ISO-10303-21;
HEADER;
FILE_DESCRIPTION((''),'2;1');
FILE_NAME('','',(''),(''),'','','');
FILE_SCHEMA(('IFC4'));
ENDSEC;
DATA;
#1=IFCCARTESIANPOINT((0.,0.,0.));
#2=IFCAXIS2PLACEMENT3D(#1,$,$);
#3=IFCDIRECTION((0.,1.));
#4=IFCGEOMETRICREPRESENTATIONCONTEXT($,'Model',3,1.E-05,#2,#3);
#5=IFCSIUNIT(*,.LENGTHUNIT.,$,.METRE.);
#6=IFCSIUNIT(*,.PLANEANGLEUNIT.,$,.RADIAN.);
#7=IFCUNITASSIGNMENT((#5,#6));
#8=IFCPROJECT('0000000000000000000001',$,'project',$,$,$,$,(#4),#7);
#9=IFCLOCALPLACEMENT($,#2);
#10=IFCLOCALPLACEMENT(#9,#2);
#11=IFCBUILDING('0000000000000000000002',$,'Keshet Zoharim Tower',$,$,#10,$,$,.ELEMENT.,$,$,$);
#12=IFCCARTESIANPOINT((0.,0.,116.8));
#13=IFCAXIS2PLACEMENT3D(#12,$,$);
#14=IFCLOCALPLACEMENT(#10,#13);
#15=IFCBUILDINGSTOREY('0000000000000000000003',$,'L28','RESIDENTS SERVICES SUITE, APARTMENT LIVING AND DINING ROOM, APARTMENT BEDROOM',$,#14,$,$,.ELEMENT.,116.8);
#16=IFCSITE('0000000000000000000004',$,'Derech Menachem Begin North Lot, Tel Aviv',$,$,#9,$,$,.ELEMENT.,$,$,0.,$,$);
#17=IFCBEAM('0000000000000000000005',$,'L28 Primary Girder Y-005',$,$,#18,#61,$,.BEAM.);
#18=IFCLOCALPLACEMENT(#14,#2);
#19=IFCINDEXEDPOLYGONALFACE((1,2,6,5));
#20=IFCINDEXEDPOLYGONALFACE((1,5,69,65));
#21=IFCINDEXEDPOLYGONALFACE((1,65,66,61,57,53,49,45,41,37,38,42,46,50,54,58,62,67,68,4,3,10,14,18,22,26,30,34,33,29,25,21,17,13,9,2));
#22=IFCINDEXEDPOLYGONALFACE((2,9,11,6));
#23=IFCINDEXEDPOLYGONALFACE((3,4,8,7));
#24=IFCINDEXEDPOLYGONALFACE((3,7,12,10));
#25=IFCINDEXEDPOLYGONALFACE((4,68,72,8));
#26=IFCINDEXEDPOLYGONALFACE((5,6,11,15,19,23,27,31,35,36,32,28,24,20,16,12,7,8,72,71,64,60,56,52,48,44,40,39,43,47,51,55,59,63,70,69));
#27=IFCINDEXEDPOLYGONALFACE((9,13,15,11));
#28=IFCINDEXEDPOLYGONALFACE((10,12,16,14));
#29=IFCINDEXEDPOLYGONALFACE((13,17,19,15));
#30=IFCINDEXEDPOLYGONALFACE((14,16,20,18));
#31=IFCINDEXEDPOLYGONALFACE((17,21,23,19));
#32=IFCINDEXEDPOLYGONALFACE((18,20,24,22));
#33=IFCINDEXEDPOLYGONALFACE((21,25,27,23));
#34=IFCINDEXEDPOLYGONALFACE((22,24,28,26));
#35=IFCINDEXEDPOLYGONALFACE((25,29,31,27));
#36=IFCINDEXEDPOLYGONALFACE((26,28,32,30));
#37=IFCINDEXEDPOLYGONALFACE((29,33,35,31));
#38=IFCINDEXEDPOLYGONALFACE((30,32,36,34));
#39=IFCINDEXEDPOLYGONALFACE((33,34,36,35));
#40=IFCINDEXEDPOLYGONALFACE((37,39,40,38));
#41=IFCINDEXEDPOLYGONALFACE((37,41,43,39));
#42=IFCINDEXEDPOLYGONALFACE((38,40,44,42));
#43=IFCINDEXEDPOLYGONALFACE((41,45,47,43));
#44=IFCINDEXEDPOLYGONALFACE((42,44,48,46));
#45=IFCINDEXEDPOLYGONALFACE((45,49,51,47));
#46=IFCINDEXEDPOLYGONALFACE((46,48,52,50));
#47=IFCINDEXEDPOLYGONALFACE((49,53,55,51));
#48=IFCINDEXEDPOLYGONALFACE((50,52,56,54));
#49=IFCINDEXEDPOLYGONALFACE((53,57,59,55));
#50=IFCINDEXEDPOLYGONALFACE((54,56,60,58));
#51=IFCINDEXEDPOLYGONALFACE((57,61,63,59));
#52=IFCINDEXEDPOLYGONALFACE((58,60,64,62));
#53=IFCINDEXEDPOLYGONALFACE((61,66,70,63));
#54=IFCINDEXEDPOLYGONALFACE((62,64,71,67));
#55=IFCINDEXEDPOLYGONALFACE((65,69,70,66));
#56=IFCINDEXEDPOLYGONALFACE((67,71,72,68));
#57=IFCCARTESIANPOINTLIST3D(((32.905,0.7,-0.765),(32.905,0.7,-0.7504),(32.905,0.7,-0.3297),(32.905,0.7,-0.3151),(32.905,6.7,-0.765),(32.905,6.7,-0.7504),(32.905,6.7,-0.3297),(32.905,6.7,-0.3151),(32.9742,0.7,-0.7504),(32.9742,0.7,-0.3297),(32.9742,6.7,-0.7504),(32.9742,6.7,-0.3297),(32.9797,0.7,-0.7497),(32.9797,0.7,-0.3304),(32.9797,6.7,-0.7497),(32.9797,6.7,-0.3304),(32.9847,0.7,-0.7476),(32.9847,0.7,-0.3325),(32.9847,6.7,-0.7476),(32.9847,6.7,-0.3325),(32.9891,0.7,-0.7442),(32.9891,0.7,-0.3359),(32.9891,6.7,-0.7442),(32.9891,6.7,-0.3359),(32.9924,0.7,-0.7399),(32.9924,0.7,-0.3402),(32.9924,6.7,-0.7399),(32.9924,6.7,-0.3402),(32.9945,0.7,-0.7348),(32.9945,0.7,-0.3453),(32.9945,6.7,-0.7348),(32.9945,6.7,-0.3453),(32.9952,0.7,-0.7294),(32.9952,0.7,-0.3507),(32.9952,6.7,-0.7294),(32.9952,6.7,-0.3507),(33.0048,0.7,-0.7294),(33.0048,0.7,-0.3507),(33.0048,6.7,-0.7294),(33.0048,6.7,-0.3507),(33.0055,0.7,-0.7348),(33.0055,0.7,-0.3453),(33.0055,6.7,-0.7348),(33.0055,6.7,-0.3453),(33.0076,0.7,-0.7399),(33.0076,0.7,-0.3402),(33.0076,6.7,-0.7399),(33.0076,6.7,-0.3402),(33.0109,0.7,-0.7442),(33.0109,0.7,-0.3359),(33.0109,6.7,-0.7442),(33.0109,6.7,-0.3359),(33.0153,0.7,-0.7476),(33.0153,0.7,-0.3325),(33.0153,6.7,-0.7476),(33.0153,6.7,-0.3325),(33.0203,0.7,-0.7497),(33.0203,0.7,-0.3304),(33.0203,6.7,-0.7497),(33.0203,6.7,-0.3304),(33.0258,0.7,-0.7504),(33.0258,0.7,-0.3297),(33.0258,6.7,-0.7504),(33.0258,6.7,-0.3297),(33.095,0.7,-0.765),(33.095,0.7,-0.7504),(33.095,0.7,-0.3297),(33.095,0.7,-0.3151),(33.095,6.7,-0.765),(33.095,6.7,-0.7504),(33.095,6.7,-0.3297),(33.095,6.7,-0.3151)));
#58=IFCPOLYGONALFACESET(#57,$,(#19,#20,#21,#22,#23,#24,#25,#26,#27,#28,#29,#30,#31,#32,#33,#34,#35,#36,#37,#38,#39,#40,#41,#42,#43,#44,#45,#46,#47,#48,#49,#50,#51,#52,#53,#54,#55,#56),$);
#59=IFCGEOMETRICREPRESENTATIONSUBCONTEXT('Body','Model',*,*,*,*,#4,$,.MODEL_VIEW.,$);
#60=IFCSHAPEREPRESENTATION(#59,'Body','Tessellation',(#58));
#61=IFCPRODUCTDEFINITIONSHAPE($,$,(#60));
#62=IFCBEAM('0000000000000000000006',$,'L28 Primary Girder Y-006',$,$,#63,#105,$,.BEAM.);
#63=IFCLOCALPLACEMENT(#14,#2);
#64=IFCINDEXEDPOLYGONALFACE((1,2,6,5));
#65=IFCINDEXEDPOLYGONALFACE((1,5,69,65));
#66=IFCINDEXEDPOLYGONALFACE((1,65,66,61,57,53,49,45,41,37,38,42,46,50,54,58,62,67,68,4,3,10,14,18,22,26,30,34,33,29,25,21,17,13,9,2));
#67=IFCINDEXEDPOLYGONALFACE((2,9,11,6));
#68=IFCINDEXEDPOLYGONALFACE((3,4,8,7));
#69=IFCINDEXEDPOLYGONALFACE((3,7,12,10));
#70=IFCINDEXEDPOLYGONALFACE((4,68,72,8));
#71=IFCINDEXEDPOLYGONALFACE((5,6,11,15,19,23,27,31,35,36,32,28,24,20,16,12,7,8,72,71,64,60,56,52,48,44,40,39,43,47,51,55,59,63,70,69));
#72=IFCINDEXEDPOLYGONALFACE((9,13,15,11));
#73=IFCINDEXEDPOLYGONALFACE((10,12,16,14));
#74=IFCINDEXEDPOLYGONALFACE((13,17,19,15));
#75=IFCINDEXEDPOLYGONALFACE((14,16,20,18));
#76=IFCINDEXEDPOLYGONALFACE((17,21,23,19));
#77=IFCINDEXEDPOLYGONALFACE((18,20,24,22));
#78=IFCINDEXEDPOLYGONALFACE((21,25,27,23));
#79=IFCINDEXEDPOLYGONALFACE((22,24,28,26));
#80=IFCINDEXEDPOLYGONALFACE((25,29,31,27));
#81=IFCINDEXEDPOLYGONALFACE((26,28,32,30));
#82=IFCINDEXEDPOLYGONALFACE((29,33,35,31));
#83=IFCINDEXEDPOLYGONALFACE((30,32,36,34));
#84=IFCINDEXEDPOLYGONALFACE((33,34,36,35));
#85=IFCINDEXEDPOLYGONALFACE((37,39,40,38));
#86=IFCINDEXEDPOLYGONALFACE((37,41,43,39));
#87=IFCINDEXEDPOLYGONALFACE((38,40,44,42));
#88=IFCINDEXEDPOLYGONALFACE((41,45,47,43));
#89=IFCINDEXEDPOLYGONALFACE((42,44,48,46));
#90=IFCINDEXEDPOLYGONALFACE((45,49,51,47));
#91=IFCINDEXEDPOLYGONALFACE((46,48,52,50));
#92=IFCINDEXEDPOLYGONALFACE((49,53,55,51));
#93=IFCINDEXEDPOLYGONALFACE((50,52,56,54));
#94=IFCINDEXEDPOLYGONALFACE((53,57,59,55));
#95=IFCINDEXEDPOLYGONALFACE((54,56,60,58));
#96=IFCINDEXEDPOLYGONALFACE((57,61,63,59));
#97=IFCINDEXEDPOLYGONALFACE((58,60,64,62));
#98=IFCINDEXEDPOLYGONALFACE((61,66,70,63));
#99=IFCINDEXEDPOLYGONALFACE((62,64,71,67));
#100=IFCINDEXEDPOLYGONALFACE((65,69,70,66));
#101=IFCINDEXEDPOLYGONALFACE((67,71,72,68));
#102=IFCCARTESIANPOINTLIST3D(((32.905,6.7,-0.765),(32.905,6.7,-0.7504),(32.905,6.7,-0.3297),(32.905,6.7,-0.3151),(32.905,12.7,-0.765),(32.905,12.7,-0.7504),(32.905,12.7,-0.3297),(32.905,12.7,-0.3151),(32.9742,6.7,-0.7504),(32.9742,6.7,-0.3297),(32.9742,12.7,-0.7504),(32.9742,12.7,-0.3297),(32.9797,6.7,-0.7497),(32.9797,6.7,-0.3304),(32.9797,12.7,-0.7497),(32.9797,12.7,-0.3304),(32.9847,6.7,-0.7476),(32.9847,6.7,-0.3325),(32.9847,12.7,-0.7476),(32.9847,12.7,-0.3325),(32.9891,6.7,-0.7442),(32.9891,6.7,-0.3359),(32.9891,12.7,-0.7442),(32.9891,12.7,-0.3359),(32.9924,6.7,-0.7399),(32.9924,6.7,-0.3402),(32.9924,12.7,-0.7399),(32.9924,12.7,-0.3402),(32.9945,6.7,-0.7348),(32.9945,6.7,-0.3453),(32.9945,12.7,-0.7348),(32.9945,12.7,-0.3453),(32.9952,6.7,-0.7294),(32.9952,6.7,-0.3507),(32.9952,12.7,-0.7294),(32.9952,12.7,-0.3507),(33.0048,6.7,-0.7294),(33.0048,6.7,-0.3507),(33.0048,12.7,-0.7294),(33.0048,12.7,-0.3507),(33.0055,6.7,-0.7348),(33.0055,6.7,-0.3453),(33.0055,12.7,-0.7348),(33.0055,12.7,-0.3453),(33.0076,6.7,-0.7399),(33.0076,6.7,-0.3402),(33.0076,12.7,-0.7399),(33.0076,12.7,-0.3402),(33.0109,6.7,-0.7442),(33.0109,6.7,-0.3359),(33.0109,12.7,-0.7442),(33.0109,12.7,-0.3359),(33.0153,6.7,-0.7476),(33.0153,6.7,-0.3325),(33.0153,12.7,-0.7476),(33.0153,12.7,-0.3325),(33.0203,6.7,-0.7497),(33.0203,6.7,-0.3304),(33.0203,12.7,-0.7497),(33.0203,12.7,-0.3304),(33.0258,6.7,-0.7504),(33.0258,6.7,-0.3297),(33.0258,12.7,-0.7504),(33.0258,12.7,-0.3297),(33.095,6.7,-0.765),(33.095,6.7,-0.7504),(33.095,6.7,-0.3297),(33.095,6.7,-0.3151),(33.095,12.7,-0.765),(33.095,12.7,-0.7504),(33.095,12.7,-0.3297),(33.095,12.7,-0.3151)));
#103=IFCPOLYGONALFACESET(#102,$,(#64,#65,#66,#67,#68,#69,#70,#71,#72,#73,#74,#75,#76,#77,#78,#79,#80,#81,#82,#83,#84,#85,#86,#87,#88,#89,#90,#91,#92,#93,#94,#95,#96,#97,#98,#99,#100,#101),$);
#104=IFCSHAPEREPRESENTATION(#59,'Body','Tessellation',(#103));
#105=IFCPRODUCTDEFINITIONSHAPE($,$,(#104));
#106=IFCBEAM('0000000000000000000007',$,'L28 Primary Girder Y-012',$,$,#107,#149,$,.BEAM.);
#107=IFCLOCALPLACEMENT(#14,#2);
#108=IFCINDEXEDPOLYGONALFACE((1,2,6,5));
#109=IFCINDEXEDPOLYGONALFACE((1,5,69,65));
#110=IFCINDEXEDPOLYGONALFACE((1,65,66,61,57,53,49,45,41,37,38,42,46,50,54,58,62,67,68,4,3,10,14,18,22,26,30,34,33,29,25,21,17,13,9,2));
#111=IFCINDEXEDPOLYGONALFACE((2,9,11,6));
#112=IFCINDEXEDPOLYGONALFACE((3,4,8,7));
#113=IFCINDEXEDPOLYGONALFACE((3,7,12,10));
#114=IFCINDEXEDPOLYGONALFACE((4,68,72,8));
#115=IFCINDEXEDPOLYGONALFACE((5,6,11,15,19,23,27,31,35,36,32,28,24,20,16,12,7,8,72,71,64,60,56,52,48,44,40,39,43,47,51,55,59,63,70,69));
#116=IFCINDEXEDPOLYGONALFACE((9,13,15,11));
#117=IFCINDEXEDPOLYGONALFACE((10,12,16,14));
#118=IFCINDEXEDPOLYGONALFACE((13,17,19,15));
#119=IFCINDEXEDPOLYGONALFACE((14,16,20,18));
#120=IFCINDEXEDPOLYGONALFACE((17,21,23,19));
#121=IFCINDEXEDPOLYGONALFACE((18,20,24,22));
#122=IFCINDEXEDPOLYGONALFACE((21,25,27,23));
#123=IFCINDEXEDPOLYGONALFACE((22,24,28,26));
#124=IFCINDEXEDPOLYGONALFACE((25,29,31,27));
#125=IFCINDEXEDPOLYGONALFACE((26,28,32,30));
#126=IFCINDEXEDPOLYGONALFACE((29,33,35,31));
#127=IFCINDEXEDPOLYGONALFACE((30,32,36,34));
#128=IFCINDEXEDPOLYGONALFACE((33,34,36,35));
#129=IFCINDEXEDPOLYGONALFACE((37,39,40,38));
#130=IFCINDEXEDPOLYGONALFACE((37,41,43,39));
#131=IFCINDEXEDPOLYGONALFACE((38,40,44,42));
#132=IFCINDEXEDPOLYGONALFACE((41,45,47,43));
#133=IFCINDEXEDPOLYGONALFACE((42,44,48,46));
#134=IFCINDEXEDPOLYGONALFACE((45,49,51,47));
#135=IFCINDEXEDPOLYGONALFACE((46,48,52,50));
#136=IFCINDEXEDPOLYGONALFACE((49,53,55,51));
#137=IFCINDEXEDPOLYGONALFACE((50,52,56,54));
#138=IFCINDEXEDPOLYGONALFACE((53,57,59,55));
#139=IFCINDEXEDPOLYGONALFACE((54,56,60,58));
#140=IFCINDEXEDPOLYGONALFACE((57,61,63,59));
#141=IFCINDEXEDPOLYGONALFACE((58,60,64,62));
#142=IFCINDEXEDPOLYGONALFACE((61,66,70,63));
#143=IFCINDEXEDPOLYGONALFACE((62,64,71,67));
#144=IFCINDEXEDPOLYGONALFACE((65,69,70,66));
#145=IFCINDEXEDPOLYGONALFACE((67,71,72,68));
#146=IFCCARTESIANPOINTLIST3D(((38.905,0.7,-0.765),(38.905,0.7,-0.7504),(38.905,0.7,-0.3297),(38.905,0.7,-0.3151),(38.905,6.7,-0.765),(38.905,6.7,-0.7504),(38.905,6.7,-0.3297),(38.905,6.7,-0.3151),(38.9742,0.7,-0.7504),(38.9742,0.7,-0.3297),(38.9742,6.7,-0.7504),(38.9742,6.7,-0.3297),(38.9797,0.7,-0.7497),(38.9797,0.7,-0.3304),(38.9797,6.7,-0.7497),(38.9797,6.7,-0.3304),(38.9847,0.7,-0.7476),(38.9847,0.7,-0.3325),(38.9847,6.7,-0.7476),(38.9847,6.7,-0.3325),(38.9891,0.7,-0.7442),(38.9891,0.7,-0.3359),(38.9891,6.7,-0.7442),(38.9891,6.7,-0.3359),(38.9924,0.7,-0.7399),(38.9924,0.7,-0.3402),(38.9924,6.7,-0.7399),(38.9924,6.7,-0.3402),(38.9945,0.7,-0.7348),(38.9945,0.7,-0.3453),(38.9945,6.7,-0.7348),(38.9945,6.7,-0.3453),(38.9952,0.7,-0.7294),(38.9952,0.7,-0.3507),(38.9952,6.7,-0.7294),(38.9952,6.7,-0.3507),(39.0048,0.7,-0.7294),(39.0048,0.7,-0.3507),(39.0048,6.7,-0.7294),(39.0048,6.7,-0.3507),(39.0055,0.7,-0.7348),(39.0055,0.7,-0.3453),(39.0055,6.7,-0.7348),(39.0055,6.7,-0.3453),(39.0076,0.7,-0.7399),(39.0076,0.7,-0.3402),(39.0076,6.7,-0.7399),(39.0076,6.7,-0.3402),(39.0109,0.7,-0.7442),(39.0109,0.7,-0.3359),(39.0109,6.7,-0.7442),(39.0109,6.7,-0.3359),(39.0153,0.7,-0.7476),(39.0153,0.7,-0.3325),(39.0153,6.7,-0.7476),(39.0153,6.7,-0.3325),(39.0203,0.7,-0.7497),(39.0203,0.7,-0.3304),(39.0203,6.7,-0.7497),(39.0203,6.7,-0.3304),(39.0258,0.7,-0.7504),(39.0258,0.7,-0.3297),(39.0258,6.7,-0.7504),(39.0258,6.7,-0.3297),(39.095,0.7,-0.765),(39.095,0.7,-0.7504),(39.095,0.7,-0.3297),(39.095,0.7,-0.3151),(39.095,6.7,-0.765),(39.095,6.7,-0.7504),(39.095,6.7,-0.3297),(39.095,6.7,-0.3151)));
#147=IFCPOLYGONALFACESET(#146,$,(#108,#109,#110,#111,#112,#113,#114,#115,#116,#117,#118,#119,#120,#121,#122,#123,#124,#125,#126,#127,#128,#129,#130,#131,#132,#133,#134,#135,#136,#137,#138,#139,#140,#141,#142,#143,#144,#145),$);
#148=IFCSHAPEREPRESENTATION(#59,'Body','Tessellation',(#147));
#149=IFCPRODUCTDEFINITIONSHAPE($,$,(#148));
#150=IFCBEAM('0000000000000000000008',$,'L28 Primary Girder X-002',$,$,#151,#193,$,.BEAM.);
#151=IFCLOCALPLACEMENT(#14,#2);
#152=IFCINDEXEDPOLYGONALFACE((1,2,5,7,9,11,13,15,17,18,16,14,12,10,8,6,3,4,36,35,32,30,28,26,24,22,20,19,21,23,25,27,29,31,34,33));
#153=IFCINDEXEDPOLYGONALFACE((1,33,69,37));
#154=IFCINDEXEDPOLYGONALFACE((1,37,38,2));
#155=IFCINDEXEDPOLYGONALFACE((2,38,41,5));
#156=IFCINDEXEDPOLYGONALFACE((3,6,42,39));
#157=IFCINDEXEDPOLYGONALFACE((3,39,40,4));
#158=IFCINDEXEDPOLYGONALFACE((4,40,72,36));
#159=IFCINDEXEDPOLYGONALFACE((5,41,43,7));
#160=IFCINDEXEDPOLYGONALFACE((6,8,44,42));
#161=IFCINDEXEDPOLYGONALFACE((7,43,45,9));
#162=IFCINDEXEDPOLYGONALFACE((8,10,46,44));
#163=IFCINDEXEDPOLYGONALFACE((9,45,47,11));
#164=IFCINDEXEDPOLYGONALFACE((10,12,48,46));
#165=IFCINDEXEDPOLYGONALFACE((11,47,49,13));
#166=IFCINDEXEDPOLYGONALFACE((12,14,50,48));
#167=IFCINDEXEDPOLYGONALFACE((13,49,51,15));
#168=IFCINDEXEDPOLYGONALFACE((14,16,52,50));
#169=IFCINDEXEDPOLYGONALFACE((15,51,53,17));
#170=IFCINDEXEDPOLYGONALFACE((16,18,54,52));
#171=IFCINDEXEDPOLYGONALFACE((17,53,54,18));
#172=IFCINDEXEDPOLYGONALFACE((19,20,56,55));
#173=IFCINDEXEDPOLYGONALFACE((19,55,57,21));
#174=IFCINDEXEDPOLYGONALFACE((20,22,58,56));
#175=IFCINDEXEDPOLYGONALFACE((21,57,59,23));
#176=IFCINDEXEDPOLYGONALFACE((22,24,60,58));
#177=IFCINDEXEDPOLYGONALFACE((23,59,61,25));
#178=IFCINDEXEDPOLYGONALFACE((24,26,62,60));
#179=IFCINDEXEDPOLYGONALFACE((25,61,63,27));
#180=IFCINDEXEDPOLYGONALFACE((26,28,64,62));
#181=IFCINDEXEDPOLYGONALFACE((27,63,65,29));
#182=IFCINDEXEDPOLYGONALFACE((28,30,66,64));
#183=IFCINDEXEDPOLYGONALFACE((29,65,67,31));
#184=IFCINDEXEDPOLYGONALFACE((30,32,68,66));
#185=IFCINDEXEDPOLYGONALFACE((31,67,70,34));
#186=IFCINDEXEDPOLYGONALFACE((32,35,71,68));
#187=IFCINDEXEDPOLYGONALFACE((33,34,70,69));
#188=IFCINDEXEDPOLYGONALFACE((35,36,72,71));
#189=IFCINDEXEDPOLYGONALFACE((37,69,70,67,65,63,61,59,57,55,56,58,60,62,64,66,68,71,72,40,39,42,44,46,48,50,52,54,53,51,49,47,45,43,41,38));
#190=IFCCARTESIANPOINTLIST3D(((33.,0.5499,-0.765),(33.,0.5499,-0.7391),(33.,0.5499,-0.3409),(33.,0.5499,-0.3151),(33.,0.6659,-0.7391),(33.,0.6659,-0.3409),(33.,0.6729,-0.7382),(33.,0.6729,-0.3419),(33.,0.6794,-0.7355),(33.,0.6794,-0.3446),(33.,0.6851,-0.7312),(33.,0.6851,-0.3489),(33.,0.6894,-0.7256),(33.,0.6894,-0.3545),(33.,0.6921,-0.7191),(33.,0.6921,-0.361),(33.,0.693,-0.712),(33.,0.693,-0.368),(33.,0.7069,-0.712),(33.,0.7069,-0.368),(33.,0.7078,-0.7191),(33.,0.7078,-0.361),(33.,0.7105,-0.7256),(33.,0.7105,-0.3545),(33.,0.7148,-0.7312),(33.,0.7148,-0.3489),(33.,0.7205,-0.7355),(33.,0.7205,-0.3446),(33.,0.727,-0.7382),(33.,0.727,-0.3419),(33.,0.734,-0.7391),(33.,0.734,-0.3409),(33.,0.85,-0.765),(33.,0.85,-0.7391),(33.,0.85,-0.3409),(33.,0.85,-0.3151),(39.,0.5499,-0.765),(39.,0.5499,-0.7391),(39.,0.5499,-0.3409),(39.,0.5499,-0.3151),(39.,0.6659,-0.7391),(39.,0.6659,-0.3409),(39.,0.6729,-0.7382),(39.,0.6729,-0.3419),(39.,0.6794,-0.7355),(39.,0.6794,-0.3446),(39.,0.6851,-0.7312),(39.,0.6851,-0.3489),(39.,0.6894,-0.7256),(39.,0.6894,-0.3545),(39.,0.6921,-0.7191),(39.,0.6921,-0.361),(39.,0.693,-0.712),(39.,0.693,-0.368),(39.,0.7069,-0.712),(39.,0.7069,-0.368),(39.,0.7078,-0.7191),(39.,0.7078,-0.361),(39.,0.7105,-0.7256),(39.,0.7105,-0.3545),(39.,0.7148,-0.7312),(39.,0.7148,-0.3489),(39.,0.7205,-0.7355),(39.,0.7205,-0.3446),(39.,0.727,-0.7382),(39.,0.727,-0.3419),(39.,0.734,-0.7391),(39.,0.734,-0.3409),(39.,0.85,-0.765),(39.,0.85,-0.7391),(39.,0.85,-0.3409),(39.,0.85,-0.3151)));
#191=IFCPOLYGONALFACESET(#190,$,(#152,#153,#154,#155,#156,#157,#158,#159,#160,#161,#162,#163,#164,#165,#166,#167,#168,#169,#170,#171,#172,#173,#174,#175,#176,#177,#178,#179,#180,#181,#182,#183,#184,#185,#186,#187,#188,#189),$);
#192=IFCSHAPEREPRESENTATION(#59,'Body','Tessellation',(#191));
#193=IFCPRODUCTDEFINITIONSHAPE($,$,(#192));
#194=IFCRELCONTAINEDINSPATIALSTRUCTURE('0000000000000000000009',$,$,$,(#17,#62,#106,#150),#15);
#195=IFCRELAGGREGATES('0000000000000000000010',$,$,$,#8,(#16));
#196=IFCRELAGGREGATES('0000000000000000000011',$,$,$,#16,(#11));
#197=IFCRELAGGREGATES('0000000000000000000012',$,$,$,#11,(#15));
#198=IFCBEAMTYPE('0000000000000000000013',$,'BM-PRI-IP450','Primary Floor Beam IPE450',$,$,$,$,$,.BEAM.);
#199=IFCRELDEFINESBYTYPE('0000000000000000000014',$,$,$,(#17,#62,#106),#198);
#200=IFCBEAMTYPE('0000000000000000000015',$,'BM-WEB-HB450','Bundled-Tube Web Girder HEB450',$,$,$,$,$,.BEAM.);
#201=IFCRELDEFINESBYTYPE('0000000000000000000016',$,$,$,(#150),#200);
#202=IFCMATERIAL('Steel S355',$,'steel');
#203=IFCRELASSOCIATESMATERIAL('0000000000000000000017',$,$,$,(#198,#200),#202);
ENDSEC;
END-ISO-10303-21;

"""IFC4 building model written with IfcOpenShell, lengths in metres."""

from ifc_helpers import new_model, si_unit, direction, frame, origin, origin_2d, place, context, subcontext, project, spatial, i_section, extrude, material, material_profile, profile_set, type_object, element, save


model = new_model("IFC4")

# Units and contexts
model_context = context("Model", 3, precision=1e-05, world=origin(), true_north=direction((0.0, 1.0)))
body_context = subcontext(model_context, "Body", "Model", "MODEL_VIEW")
ifc_project = project(units=[si_unit("LENGTHUNIT", "METRE"), si_unit("PLANEANGLEUNIT", "RADIAN")], contexts=[model_context])

# Site, building, storey
site_placement = place(None, origin())
site = spatial("IfcSite", under=ifc_project, at=site_placement, Name="Derech Menachem Begin North Lot, Tel Aviv", CompositionType="ELEMENT", RefElevation=0.0)
building_placement = place(site_placement, origin())
building = spatial("IfcBuilding", under=site, at=building_placement, Name="Keshet Zoharim Tower", CompositionType="ELEMENT")
storey_placement = place(building_placement, frame((0.0, 0.0, 116.8)))
storey = spatial("IfcBuildingStorey", under=building, at=storey_placement, Name="L28", Description="RESIDENTS SERVICES SUITE, APARTMENT LIVING AND DINING ROOM, APARTMENT BEDROOM", CompositionType="ELEMENT", Elevation=116.8)

# Shared definitions
ifc_material_1 = material(Name="Steel S355", Category="steel")

# Beams
ifc_material_profile_1 = material_profile(ifc_material_1, i_section(OverallWidth=0.1899, OverallDepth=0.45, WebThickness=0.0095, FlangeThickness=0.0146, FilletRadius=0.021, at=origin_2d()), Name="IPE450")
ifc_profile_set_1 = profile_set([ifc_material_profile_1], Name="Steel S355")
beam_type_1 = type_object("IfcBeamType", Name="BM-PRI-IP450", Description="Primary Floor Beam IPE450", PredefinedType="BEAM", material=ifc_profile_set_1)
for number, where, z_axis, x_axis, name in (
    (1, (33.0, 0.7, -0.54), (0.0, 1.0, 0.0), (-1.0, 0.0, 0.0), "L28 Primary Girder Y-005"),
    (2, (33.0, 6.7, -0.54), (0.0, 1.0, 0.0), (-1.0, 0.0, 0.0), "L28 Primary Girder Y-006"),
    (3, (39.0, 0.7, -0.54), (0.0, 1.0, 0.0), (-1.0, 0.0, 0.0), "L28 Primary Girder Y-012"),
):
    element("IfcBeam", number, at=place(storey_placement, frame(where, z_axis=z_axis, x_axis=x_axis)), inside=storey, type_object=beam_type_1, Name=name, PredefinedType="BEAM", context=body_context, shape_type="SweptSolid", body=[
        extrude(i_section(OverallWidth=0.1899, OverallDepth=0.45, WebThickness=0.0095, FlangeThickness=0.0146, FilletRadius=0.021, at=origin_2d()), origin(), (0.0, 0.0, 1.0), 6.0),
    ])
ifc_material_profile_2 = material_profile(ifc_material_1, i_section(OverallWidth=0.3, OverallDepth=0.45, WebThickness=0.0139, FlangeThickness=0.0259, FilletRadius=0.0271, at=origin_2d()), Name="HEB450")
ifc_profile_set_2 = profile_set([ifc_material_profile_2], Name="Steel S355")
beam_type_2 = type_object("IfcBeamType", Name="BM-WEB-HB450", Description="Bundled-Tube Web Girder HEB450", PredefinedType="BEAM", material=ifc_profile_set_2)
for number, where, z_axis, x_axis, name in (
    (4, (33.0, 0.7, -0.54), (1.0, 0.0, 0.0), (0.0, 1.0, 0.0), "L28 Primary Girder X-002"),
):
    element("IfcBeam", number, at=place(storey_placement, frame(where, z_axis=z_axis, x_axis=x_axis)), inside=storey, type_object=beam_type_2, Name=name, PredefinedType="BEAM", context=body_context, shape_type="SweptSolid", body=[
        extrude(i_section(OverallWidth=0.3, OverallDepth=0.45, WebThickness=0.0139, FlangeThickness=0.0259, FilletRadius=0.0271, at=origin_2d()), origin(), (0.0, 0.0, 1.0), 6.0),
    ])

save(model, "model.ifc")
